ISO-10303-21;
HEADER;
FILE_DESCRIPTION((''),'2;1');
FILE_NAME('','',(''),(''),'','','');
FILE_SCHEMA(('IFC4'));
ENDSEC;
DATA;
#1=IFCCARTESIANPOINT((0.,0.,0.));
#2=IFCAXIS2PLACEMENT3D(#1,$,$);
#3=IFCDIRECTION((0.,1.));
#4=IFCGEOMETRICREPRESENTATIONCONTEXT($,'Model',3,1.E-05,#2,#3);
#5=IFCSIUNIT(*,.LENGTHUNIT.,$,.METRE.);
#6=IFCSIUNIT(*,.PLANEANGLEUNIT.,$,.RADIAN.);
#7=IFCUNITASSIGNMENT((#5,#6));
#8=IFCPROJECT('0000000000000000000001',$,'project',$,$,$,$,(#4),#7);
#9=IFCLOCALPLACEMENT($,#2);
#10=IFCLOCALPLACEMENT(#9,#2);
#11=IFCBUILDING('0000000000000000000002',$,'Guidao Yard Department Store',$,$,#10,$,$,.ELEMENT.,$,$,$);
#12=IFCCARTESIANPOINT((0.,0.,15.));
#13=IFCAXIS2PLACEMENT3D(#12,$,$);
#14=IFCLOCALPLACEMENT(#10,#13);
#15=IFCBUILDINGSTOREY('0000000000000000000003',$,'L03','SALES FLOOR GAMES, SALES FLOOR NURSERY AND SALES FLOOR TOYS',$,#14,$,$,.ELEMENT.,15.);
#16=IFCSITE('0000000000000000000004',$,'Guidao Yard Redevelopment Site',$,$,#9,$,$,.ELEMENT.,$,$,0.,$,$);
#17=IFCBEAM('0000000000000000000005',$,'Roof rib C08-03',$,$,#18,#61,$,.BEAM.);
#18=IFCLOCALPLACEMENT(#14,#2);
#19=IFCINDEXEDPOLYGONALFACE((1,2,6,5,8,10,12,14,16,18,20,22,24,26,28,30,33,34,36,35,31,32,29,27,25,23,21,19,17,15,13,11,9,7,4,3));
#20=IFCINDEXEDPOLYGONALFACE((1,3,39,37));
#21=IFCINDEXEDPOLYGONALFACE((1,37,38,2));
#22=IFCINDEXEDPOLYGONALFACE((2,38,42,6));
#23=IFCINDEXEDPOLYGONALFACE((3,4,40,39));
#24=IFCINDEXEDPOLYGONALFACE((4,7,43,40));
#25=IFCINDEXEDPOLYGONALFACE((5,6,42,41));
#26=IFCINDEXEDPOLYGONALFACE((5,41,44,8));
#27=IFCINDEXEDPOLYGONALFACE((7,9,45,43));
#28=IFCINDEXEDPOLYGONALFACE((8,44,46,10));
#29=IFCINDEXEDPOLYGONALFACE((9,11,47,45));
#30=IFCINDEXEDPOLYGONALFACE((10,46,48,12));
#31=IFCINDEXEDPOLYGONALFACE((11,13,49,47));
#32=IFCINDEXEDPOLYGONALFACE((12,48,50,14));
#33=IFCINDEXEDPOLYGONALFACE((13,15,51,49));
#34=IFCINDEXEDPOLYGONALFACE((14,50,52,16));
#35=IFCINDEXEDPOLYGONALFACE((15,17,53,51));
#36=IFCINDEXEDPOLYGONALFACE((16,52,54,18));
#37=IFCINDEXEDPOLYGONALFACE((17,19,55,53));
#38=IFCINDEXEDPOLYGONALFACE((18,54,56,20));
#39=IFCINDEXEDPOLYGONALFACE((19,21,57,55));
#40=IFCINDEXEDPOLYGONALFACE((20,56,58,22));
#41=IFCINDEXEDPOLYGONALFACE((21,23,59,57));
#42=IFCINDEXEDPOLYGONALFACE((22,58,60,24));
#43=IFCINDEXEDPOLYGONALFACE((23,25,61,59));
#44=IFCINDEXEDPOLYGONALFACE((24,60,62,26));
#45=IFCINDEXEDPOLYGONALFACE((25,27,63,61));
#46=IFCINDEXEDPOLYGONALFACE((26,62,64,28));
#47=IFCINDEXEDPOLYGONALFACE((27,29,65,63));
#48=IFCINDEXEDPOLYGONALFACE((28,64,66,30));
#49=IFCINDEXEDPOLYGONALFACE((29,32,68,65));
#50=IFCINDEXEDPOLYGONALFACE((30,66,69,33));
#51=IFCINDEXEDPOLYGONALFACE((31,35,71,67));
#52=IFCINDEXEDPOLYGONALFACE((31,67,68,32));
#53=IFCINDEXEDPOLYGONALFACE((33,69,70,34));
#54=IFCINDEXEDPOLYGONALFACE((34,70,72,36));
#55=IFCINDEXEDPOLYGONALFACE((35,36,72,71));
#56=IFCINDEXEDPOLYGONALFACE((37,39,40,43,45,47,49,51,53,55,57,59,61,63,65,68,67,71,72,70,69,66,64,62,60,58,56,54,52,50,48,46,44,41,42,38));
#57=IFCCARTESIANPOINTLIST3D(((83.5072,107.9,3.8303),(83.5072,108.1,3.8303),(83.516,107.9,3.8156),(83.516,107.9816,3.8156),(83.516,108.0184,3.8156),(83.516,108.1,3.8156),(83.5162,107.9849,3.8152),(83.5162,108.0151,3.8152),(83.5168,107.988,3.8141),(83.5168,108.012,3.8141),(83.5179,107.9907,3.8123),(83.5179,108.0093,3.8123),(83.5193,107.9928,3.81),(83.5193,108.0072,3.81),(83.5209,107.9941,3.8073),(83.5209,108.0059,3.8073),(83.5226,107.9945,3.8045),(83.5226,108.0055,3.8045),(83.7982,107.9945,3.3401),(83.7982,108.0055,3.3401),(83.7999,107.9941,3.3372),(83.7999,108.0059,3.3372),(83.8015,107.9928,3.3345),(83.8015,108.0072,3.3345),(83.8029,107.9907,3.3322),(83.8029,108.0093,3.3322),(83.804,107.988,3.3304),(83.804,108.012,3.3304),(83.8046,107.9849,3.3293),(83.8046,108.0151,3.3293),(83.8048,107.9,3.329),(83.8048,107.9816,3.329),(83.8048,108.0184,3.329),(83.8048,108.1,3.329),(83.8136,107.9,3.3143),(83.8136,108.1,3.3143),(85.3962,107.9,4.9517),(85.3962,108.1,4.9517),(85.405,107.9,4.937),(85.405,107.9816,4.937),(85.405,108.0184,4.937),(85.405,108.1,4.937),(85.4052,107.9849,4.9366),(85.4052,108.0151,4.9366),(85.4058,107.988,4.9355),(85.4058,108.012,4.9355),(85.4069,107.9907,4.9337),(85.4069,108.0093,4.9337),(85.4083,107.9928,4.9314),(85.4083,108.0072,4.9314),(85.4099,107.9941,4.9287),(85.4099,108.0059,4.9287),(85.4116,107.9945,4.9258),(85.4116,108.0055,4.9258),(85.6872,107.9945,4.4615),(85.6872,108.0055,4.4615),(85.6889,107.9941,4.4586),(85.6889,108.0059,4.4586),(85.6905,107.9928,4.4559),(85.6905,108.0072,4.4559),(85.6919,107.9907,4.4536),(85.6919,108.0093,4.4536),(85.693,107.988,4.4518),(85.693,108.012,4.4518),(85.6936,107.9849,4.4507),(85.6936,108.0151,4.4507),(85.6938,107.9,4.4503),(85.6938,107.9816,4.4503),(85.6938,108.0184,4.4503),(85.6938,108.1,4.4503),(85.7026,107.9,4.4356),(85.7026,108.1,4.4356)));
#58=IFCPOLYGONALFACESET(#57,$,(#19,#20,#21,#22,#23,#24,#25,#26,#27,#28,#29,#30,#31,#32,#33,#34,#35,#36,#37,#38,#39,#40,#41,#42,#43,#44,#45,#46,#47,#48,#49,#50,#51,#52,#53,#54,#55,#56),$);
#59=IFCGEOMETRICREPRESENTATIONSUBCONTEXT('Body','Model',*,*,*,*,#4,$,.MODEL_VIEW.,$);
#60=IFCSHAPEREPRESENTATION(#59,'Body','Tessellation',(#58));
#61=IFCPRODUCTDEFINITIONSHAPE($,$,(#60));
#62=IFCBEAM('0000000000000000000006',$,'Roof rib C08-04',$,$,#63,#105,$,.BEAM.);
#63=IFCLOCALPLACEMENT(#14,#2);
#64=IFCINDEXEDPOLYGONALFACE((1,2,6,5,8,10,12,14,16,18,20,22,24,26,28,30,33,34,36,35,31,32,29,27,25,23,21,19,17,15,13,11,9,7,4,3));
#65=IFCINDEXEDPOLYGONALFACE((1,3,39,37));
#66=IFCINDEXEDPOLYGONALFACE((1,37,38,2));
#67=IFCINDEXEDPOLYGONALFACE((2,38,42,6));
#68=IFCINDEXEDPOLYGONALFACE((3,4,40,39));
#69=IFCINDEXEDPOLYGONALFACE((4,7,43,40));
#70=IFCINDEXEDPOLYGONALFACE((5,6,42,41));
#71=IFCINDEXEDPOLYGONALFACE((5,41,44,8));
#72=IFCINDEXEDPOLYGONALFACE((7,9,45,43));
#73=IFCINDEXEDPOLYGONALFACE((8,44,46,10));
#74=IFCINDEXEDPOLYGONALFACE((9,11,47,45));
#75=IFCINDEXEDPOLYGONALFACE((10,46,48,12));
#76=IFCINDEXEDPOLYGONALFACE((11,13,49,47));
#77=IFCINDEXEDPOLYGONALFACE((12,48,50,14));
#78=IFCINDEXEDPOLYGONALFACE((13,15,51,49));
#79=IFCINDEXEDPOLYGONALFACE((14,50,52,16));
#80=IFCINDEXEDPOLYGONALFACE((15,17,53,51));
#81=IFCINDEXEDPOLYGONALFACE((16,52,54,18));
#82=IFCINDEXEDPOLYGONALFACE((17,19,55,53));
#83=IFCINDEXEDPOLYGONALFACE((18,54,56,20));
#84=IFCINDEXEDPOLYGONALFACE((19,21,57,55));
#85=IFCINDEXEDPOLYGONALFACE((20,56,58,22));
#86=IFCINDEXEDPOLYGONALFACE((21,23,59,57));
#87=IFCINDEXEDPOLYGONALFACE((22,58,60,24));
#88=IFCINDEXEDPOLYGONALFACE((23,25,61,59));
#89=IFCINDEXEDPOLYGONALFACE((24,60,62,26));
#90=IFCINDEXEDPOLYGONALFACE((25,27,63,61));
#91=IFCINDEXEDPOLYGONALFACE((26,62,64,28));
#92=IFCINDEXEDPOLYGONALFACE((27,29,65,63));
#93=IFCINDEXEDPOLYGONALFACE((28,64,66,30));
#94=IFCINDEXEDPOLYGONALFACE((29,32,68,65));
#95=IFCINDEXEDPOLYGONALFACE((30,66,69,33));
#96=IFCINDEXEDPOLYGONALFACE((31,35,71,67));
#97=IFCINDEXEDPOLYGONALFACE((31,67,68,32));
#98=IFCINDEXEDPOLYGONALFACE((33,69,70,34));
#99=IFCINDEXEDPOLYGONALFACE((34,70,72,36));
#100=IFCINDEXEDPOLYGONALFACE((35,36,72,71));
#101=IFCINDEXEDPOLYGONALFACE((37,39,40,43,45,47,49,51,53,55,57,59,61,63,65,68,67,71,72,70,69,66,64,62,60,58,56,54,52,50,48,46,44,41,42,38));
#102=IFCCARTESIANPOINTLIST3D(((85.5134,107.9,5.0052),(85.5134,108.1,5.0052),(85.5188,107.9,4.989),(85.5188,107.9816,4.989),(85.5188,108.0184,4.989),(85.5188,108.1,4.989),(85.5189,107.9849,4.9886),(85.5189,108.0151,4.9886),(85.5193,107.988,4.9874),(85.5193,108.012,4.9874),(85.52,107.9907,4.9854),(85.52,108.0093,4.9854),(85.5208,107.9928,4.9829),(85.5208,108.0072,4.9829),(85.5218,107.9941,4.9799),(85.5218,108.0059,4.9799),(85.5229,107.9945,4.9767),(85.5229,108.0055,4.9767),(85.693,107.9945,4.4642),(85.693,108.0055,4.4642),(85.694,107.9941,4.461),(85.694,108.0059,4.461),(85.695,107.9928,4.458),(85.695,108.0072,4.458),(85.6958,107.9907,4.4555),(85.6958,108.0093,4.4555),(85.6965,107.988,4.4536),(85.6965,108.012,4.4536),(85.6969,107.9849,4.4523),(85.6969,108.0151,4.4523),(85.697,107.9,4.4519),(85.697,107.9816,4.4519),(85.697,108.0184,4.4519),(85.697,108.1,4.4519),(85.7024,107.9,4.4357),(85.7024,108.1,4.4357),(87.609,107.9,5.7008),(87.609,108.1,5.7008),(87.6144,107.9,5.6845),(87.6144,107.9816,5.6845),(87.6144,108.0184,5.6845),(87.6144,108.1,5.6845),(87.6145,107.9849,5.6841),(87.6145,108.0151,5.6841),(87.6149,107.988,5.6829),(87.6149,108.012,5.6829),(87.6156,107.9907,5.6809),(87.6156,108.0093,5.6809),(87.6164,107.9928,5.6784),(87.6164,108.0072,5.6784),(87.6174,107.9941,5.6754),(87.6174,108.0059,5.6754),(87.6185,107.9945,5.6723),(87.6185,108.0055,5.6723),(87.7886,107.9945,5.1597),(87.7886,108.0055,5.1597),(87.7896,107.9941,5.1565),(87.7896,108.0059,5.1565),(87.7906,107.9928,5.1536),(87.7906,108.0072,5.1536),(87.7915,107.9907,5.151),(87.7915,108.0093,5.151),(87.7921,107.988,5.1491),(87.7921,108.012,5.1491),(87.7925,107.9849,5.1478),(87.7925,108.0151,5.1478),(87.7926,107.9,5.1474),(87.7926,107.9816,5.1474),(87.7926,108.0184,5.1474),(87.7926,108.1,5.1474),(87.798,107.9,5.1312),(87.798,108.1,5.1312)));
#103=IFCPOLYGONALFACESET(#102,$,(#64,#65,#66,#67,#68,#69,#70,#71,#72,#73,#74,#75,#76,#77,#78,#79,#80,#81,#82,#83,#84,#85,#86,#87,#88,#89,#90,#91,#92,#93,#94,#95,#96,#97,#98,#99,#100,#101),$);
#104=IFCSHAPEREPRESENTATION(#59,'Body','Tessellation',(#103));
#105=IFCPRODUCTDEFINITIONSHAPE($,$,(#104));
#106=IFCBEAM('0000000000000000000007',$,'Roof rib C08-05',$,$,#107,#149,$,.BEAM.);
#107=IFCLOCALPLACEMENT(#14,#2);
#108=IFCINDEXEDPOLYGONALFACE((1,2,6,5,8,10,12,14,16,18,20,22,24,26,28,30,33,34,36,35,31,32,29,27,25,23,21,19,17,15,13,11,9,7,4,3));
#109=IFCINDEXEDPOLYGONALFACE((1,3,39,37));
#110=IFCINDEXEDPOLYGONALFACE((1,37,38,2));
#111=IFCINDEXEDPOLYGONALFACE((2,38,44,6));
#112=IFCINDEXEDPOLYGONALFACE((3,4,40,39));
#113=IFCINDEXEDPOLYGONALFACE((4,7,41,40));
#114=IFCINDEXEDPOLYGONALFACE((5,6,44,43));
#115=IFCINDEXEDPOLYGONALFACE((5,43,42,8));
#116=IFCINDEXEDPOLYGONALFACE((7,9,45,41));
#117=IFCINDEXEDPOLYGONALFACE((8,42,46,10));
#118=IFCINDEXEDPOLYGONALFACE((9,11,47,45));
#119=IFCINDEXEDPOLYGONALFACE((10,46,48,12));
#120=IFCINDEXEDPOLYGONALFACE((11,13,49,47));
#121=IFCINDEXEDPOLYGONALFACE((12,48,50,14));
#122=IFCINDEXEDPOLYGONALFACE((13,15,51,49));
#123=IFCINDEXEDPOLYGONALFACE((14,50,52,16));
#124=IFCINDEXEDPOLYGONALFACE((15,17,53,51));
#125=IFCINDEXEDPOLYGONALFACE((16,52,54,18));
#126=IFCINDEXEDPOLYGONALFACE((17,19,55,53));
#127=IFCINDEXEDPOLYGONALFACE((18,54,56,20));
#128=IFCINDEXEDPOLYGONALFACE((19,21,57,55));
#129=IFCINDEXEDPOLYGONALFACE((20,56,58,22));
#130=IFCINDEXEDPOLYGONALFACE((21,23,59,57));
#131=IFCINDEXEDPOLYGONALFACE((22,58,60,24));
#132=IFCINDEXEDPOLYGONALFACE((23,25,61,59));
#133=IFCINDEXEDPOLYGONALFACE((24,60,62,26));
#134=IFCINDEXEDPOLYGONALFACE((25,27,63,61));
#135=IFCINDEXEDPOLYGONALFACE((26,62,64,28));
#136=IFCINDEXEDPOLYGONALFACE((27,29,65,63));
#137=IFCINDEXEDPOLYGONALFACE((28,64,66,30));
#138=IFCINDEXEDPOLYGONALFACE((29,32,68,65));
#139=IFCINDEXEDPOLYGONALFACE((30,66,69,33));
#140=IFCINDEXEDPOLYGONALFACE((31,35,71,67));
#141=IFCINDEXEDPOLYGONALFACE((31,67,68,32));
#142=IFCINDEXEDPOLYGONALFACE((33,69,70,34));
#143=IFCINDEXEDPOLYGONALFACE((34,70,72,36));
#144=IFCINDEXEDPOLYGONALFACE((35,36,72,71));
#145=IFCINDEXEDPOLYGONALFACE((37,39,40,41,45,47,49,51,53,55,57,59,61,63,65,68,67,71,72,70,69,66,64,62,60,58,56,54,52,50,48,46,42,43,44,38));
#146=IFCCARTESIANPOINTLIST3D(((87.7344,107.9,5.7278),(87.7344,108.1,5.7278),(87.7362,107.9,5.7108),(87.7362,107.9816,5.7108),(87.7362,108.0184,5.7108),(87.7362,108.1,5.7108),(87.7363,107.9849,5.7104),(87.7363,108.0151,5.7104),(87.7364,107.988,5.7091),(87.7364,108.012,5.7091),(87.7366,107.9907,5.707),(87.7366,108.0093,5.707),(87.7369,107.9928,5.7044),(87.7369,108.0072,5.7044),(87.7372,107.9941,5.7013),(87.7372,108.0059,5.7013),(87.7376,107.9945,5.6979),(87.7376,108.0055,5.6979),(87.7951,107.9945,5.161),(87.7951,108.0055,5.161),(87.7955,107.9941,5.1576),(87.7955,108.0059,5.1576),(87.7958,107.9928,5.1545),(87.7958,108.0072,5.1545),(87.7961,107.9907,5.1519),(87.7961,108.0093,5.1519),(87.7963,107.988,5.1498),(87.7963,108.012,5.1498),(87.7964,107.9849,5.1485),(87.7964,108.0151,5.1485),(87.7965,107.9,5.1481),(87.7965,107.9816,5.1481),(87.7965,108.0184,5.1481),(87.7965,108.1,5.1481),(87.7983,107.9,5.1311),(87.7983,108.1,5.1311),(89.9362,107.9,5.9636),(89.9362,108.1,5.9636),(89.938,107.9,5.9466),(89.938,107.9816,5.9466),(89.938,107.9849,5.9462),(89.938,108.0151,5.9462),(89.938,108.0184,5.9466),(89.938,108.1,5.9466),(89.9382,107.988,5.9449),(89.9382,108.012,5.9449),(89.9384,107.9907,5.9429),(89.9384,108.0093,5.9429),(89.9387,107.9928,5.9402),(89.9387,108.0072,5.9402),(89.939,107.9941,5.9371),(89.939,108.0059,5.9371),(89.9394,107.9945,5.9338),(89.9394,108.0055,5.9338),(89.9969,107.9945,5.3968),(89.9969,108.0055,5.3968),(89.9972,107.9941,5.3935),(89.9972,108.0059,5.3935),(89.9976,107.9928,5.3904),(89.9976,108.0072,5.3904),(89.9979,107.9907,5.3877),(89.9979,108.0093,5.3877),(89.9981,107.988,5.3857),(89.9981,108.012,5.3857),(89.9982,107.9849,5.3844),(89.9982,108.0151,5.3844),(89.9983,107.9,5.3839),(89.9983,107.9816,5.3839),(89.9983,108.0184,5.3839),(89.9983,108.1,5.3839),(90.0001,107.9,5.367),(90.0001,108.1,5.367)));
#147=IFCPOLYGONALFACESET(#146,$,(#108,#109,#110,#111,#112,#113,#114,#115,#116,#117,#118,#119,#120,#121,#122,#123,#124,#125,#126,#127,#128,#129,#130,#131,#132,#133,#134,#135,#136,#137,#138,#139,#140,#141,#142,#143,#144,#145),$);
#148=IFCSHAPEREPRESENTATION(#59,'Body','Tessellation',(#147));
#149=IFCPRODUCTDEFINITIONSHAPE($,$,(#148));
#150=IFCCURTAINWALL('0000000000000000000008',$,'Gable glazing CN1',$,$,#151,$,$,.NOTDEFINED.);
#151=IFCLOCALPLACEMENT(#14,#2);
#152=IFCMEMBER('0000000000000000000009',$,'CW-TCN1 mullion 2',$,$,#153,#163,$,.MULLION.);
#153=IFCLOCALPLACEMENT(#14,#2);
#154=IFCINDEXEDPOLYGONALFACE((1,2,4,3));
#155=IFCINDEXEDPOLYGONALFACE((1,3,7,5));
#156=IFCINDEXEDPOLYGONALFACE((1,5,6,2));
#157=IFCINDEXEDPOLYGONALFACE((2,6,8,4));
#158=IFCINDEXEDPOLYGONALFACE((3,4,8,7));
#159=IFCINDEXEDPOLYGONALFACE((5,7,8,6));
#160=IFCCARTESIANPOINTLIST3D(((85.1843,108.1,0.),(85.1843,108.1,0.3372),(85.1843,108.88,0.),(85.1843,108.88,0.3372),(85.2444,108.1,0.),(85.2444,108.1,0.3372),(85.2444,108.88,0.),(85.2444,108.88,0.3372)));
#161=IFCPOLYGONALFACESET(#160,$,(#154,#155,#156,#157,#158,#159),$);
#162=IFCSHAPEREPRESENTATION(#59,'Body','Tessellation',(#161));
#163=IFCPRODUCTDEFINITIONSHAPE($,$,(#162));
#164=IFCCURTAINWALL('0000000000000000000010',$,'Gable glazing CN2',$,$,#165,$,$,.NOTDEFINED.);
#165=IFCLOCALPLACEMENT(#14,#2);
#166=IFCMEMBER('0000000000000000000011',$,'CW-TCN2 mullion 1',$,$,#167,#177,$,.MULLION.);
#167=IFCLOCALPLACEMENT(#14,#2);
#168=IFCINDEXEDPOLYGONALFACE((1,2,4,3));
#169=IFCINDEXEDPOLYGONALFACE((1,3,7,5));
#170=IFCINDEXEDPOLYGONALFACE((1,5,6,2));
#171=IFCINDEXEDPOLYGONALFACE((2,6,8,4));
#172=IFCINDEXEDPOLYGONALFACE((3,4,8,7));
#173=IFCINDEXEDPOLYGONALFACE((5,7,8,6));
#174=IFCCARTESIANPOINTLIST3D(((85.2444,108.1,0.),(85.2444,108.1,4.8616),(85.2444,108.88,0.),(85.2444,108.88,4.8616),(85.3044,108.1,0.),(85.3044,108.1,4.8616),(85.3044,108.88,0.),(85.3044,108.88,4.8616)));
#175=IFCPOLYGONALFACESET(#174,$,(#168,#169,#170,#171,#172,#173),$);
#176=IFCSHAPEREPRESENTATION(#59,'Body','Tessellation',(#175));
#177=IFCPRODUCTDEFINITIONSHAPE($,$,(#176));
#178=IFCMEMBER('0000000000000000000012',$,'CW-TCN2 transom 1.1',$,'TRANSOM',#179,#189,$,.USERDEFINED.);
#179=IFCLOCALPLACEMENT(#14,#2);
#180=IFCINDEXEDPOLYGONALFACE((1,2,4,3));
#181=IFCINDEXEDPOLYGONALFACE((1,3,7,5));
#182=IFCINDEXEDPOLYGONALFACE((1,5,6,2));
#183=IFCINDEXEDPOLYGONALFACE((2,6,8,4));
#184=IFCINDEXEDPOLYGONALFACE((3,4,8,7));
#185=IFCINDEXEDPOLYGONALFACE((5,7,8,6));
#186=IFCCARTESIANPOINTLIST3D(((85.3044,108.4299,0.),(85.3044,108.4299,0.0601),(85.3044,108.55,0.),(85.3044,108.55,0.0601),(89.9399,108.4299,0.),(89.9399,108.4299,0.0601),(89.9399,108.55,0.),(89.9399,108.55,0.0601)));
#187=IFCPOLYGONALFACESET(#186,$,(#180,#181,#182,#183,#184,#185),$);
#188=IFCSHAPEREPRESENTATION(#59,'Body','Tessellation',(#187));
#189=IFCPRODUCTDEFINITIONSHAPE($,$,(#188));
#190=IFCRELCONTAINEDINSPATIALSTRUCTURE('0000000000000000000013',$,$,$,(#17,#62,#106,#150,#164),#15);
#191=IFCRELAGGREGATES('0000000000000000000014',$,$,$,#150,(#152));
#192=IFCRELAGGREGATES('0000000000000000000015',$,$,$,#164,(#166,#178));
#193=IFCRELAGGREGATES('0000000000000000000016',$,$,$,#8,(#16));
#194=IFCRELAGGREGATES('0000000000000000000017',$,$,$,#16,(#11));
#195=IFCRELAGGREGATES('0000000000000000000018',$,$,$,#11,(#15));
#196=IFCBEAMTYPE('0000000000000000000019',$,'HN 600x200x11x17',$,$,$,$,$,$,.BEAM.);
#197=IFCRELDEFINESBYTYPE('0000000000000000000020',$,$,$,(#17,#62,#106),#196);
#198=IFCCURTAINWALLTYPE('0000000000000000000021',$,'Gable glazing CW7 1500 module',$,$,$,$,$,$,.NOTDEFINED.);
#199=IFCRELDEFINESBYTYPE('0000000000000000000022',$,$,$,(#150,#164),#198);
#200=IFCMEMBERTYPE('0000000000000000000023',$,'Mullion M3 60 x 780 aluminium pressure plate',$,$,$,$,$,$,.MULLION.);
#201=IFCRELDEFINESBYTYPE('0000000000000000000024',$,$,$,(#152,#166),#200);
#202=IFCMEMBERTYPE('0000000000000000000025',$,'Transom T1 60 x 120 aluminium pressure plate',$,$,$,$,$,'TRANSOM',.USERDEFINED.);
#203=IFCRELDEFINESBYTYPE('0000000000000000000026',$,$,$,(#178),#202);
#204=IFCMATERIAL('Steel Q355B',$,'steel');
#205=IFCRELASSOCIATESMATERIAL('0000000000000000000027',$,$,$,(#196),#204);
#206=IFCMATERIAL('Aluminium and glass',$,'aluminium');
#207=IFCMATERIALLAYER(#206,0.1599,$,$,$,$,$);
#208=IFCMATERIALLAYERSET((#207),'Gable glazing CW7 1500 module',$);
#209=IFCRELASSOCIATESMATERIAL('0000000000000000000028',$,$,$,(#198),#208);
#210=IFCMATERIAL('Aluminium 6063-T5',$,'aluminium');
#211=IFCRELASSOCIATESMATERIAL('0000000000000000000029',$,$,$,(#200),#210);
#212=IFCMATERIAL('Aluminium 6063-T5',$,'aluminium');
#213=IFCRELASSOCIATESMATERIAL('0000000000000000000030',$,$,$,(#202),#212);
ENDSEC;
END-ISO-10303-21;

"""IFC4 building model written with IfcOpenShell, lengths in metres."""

from ifc_helpers import new_model, si_unit, direction, frame, origin, origin_2d, place, context, subcontext, project, spatial, rectangle, i_section, extrude, material, layer, layer_set, material_profile, profile_set, type_object, element, aggregate, save


model = new_model("IFC4")

# Units and contexts
model_context = context("Model", 3, precision=1e-05, world=origin(), true_north=direction((0.0, 1.0)))
body_context = subcontext(model_context, "Body", "Model", "MODEL_VIEW")
ifc_project = project(units=[si_unit("LENGTHUNIT", "METRE"), si_unit("PLANEANGLEUNIT", "RADIAN")], contexts=[model_context])

# Site, building, storey
site_placement = place(None, origin())
site = spatial("IfcSite", under=ifc_project, at=site_placement, Name="Guidao Yard Redevelopment Site", CompositionType="ELEMENT", RefElevation=0.0)
building_placement = place(site_placement, origin())
building = spatial("IfcBuilding", under=site, at=building_placement, Name="Guidao Yard Department Store", CompositionType="ELEMENT")
storey_placement = place(building_placement, frame((0.0, 0.0, 15.0)))
storey = spatial("IfcBuildingStorey", under=building, at=storey_placement, Name="L03", Description="SALES FLOOR GAMES, SALES FLOOR NURSERY AND SALES FLOOR TOYS", CompositionType="ELEMENT", Elevation=15.0)

# Beams
ifc_material_1 = material(Name="Steel Q355B", Category="steel")
ifc_material_profile_1 = material_profile(ifc_material_1, i_section(OverallWidth=0.2, OverallDepth=0.6001, WebThickness=0.011, FlangeThickness=0.0171, FilletRadius=0.0129, at=origin_2d()), Name="HN 600x200x11x17")
ifc_profile_set_1 = profile_set([ifc_material_profile_1], Name="Steel Q355B")
beam_type = type_object("IfcBeamType", Name="HN 600x200x11x17", PredefinedType="BEAM", material=ifc_profile_set_1)
beam_1_placement = place(storey_placement, frame((83.6604, 108.0, 3.5723), z_axis=(0.859896, 0.0, 0.510469), x_axis=(0.0, 1.0, 0.0)))
element("IfcBeam", 1, at=beam_1_placement, inside=storey, type_object=beam_type, Name="Roof rib C08-03", PredefinedType="BEAM", context=body_context, shape_type="SweptSolid", body=[
    extrude(i_section(OverallWidth=0.2, OverallDepth=0.6001, WebThickness=0.011, FlangeThickness=0.0171, FilletRadius=0.0129, at=origin_2d()), origin(), (0.0, 0.0, 1.0), 2.1968),
])
beam_2_placement = place(storey_placement, frame((85.6079, 108.0, 4.7205), z_axis=(0.949092, 0.0, 0.315), x_axis=(0.0, 1.0, 0.0)))
element("IfcBeam", 2, at=beam_2_placement, inside=storey, type_object=beam_type, Name="Roof rib C08-04", PredefinedType="BEAM", context=body_context, shape_type="SweptSolid", body=[
    extrude(i_section(OverallWidth=0.2, OverallDepth=0.6001, WebThickness=0.011, FlangeThickness=0.0171, FilletRadius=0.0129, at=origin_2d()), origin(), (0.0, 0.0, 1.0), 2.208),
])
beam_3_placement = place(storey_placement, frame((87.7664, 108.0, 5.4294), z_axis=(0.994312, 0.0, 0.10651), x_axis=(0.0, 1.0, 0.0)))
element("IfcBeam", 3, at=beam_3_placement, inside=storey, type_object=beam_type, Name="Roof rib C08-05", PredefinedType="BEAM", context=body_context, shape_type="SweptSolid", body=[
    extrude(i_section(OverallWidth=0.2, OverallDepth=0.6001, WebThickness=0.011, FlangeThickness=0.0171, FilletRadius=0.0129, at=origin_2d()), origin(), (0.0, 0.0, 1.0), 2.2144),
])

# Curtain wall, member
ifc_material_2 = material(Name="Aluminium and glass", Category="aluminium")
ifc_layer_1 = layer(ifc_material_2, 0.1599)
ifc_layer_set_1 = layer_set([ifc_layer_1], Name="Gable glazing CW7 1500 module")
curtain_wall_type = type_object("IfcCurtainWallType", Name="Gable glazing CW7 1500 module", PredefinedType="NOTDEFINED", material=ifc_layer_set_1)
curtain_wall_1_placement = place(storey_placement, origin())
curtain_wall_1 = element("IfcCurtainWall", 4, at=curtain_wall_1_placement, inside=storey, type_object=curtain_wall_type, Name="Gable glazing CN1", PredefinedType="NOTDEFINED")
ifc_material_3 = material(Name="Aluminium 6063-T5", Category="aluminium")
ifc_material_profile_2 = material_profile(ifc_material_3, rectangle(XDim=0.0601, YDim=0.78, at=origin_2d()), Name="Mullion M3 60 x 780 aluminium pressure plate")
ifc_profile_set_2 = profile_set([ifc_material_profile_2], Name="Aluminium 6063-T5")
member_type_1 = type_object("IfcMemberType", Name="Mullion M3 60 x 780 aluminium pressure plate", PredefinedType="MULLION", material=ifc_profile_set_2)
member_1_placement = place(storey_placement, frame((85.2144, 108.49, 0.0), z_axis=(0.0, 0.0, 1.0), x_axis=(1.0, 0.0, 0.0)))
member_1 = element("IfcMember", 5, at=member_1_placement, type_object=member_type_1, Name="CW-TCN1 mullion 2", PredefinedType="MULLION", context=body_context, shape_type="SweptSolid", body=[
    extrude(rectangle(XDim=0.0601, YDim=0.78, at=origin_2d()), origin(), (0.0, 0.0, 1.0), 0.3372),
])
aggregate(curtain_wall_1, [member_1])

# Curtain wall, members
curtain_wall_2_placement = place(storey_placement, origin())
curtain_wall_2 = element("IfcCurtainWall", 6, at=curtain_wall_2_placement, inside=storey, type_object=curtain_wall_type, Name="Gable glazing CN2", PredefinedType="NOTDEFINED")
member_2_placement = place(storey_placement, frame((85.2744, 108.49, 0.0), z_axis=(0.0, 0.0, 1.0), x_axis=(1.0, 0.0, 0.0)))
member_2 = element("IfcMember", 7, at=member_2_placement, type_object=member_type_1, Name="CW-TCN2 mullion 1", PredefinedType="MULLION", context=body_context, shape_type="SweptSolid", body=[
    extrude(rectangle(XDim=0.0601, YDim=0.78, at=origin_2d()), origin(), (0.0, 0.0, 1.0), 4.8616),
])
ifc_material_4 = material(Name="Aluminium 6063-T5", Category="aluminium")
ifc_material_profile_3 = material_profile(ifc_material_4, rectangle(XDim=0.1201, YDim=0.0601, at=origin_2d()), Name="Transom T1 60 x 120 aluminium pressure plate")
ifc_profile_set_3 = profile_set([ifc_material_profile_3], Name="Aluminium 6063-T5")
member_type_2 = type_object("IfcMemberType", Name="Transom T1 60 x 120 aluminium pressure plate", ElementType="TRANSOM", PredefinedType="USERDEFINED", material=ifc_profile_set_3)
member_3_placement = place(storey_placement, frame((85.3044, 108.49, 0.03), z_axis=(1.0, 0.0, 0.0), x_axis=(0.0, 1.0, 0.0)))
member_3 = element("IfcMember", 8, at=member_3_placement, type_object=member_type_2, Name="CW-TCN2 transom 1.1", ObjectType="TRANSOM", PredefinedType="USERDEFINED", context=body_context, shape_type="SweptSolid", body=[
    extrude(rectangle(XDim=0.1201, YDim=0.0601, at=origin_2d()), origin(), (0.0, 0.0, 1.0), 4.6355),
])
aggregate(curtain_wall_2, [member_2, member_3])

save(model, "model.ifc")
